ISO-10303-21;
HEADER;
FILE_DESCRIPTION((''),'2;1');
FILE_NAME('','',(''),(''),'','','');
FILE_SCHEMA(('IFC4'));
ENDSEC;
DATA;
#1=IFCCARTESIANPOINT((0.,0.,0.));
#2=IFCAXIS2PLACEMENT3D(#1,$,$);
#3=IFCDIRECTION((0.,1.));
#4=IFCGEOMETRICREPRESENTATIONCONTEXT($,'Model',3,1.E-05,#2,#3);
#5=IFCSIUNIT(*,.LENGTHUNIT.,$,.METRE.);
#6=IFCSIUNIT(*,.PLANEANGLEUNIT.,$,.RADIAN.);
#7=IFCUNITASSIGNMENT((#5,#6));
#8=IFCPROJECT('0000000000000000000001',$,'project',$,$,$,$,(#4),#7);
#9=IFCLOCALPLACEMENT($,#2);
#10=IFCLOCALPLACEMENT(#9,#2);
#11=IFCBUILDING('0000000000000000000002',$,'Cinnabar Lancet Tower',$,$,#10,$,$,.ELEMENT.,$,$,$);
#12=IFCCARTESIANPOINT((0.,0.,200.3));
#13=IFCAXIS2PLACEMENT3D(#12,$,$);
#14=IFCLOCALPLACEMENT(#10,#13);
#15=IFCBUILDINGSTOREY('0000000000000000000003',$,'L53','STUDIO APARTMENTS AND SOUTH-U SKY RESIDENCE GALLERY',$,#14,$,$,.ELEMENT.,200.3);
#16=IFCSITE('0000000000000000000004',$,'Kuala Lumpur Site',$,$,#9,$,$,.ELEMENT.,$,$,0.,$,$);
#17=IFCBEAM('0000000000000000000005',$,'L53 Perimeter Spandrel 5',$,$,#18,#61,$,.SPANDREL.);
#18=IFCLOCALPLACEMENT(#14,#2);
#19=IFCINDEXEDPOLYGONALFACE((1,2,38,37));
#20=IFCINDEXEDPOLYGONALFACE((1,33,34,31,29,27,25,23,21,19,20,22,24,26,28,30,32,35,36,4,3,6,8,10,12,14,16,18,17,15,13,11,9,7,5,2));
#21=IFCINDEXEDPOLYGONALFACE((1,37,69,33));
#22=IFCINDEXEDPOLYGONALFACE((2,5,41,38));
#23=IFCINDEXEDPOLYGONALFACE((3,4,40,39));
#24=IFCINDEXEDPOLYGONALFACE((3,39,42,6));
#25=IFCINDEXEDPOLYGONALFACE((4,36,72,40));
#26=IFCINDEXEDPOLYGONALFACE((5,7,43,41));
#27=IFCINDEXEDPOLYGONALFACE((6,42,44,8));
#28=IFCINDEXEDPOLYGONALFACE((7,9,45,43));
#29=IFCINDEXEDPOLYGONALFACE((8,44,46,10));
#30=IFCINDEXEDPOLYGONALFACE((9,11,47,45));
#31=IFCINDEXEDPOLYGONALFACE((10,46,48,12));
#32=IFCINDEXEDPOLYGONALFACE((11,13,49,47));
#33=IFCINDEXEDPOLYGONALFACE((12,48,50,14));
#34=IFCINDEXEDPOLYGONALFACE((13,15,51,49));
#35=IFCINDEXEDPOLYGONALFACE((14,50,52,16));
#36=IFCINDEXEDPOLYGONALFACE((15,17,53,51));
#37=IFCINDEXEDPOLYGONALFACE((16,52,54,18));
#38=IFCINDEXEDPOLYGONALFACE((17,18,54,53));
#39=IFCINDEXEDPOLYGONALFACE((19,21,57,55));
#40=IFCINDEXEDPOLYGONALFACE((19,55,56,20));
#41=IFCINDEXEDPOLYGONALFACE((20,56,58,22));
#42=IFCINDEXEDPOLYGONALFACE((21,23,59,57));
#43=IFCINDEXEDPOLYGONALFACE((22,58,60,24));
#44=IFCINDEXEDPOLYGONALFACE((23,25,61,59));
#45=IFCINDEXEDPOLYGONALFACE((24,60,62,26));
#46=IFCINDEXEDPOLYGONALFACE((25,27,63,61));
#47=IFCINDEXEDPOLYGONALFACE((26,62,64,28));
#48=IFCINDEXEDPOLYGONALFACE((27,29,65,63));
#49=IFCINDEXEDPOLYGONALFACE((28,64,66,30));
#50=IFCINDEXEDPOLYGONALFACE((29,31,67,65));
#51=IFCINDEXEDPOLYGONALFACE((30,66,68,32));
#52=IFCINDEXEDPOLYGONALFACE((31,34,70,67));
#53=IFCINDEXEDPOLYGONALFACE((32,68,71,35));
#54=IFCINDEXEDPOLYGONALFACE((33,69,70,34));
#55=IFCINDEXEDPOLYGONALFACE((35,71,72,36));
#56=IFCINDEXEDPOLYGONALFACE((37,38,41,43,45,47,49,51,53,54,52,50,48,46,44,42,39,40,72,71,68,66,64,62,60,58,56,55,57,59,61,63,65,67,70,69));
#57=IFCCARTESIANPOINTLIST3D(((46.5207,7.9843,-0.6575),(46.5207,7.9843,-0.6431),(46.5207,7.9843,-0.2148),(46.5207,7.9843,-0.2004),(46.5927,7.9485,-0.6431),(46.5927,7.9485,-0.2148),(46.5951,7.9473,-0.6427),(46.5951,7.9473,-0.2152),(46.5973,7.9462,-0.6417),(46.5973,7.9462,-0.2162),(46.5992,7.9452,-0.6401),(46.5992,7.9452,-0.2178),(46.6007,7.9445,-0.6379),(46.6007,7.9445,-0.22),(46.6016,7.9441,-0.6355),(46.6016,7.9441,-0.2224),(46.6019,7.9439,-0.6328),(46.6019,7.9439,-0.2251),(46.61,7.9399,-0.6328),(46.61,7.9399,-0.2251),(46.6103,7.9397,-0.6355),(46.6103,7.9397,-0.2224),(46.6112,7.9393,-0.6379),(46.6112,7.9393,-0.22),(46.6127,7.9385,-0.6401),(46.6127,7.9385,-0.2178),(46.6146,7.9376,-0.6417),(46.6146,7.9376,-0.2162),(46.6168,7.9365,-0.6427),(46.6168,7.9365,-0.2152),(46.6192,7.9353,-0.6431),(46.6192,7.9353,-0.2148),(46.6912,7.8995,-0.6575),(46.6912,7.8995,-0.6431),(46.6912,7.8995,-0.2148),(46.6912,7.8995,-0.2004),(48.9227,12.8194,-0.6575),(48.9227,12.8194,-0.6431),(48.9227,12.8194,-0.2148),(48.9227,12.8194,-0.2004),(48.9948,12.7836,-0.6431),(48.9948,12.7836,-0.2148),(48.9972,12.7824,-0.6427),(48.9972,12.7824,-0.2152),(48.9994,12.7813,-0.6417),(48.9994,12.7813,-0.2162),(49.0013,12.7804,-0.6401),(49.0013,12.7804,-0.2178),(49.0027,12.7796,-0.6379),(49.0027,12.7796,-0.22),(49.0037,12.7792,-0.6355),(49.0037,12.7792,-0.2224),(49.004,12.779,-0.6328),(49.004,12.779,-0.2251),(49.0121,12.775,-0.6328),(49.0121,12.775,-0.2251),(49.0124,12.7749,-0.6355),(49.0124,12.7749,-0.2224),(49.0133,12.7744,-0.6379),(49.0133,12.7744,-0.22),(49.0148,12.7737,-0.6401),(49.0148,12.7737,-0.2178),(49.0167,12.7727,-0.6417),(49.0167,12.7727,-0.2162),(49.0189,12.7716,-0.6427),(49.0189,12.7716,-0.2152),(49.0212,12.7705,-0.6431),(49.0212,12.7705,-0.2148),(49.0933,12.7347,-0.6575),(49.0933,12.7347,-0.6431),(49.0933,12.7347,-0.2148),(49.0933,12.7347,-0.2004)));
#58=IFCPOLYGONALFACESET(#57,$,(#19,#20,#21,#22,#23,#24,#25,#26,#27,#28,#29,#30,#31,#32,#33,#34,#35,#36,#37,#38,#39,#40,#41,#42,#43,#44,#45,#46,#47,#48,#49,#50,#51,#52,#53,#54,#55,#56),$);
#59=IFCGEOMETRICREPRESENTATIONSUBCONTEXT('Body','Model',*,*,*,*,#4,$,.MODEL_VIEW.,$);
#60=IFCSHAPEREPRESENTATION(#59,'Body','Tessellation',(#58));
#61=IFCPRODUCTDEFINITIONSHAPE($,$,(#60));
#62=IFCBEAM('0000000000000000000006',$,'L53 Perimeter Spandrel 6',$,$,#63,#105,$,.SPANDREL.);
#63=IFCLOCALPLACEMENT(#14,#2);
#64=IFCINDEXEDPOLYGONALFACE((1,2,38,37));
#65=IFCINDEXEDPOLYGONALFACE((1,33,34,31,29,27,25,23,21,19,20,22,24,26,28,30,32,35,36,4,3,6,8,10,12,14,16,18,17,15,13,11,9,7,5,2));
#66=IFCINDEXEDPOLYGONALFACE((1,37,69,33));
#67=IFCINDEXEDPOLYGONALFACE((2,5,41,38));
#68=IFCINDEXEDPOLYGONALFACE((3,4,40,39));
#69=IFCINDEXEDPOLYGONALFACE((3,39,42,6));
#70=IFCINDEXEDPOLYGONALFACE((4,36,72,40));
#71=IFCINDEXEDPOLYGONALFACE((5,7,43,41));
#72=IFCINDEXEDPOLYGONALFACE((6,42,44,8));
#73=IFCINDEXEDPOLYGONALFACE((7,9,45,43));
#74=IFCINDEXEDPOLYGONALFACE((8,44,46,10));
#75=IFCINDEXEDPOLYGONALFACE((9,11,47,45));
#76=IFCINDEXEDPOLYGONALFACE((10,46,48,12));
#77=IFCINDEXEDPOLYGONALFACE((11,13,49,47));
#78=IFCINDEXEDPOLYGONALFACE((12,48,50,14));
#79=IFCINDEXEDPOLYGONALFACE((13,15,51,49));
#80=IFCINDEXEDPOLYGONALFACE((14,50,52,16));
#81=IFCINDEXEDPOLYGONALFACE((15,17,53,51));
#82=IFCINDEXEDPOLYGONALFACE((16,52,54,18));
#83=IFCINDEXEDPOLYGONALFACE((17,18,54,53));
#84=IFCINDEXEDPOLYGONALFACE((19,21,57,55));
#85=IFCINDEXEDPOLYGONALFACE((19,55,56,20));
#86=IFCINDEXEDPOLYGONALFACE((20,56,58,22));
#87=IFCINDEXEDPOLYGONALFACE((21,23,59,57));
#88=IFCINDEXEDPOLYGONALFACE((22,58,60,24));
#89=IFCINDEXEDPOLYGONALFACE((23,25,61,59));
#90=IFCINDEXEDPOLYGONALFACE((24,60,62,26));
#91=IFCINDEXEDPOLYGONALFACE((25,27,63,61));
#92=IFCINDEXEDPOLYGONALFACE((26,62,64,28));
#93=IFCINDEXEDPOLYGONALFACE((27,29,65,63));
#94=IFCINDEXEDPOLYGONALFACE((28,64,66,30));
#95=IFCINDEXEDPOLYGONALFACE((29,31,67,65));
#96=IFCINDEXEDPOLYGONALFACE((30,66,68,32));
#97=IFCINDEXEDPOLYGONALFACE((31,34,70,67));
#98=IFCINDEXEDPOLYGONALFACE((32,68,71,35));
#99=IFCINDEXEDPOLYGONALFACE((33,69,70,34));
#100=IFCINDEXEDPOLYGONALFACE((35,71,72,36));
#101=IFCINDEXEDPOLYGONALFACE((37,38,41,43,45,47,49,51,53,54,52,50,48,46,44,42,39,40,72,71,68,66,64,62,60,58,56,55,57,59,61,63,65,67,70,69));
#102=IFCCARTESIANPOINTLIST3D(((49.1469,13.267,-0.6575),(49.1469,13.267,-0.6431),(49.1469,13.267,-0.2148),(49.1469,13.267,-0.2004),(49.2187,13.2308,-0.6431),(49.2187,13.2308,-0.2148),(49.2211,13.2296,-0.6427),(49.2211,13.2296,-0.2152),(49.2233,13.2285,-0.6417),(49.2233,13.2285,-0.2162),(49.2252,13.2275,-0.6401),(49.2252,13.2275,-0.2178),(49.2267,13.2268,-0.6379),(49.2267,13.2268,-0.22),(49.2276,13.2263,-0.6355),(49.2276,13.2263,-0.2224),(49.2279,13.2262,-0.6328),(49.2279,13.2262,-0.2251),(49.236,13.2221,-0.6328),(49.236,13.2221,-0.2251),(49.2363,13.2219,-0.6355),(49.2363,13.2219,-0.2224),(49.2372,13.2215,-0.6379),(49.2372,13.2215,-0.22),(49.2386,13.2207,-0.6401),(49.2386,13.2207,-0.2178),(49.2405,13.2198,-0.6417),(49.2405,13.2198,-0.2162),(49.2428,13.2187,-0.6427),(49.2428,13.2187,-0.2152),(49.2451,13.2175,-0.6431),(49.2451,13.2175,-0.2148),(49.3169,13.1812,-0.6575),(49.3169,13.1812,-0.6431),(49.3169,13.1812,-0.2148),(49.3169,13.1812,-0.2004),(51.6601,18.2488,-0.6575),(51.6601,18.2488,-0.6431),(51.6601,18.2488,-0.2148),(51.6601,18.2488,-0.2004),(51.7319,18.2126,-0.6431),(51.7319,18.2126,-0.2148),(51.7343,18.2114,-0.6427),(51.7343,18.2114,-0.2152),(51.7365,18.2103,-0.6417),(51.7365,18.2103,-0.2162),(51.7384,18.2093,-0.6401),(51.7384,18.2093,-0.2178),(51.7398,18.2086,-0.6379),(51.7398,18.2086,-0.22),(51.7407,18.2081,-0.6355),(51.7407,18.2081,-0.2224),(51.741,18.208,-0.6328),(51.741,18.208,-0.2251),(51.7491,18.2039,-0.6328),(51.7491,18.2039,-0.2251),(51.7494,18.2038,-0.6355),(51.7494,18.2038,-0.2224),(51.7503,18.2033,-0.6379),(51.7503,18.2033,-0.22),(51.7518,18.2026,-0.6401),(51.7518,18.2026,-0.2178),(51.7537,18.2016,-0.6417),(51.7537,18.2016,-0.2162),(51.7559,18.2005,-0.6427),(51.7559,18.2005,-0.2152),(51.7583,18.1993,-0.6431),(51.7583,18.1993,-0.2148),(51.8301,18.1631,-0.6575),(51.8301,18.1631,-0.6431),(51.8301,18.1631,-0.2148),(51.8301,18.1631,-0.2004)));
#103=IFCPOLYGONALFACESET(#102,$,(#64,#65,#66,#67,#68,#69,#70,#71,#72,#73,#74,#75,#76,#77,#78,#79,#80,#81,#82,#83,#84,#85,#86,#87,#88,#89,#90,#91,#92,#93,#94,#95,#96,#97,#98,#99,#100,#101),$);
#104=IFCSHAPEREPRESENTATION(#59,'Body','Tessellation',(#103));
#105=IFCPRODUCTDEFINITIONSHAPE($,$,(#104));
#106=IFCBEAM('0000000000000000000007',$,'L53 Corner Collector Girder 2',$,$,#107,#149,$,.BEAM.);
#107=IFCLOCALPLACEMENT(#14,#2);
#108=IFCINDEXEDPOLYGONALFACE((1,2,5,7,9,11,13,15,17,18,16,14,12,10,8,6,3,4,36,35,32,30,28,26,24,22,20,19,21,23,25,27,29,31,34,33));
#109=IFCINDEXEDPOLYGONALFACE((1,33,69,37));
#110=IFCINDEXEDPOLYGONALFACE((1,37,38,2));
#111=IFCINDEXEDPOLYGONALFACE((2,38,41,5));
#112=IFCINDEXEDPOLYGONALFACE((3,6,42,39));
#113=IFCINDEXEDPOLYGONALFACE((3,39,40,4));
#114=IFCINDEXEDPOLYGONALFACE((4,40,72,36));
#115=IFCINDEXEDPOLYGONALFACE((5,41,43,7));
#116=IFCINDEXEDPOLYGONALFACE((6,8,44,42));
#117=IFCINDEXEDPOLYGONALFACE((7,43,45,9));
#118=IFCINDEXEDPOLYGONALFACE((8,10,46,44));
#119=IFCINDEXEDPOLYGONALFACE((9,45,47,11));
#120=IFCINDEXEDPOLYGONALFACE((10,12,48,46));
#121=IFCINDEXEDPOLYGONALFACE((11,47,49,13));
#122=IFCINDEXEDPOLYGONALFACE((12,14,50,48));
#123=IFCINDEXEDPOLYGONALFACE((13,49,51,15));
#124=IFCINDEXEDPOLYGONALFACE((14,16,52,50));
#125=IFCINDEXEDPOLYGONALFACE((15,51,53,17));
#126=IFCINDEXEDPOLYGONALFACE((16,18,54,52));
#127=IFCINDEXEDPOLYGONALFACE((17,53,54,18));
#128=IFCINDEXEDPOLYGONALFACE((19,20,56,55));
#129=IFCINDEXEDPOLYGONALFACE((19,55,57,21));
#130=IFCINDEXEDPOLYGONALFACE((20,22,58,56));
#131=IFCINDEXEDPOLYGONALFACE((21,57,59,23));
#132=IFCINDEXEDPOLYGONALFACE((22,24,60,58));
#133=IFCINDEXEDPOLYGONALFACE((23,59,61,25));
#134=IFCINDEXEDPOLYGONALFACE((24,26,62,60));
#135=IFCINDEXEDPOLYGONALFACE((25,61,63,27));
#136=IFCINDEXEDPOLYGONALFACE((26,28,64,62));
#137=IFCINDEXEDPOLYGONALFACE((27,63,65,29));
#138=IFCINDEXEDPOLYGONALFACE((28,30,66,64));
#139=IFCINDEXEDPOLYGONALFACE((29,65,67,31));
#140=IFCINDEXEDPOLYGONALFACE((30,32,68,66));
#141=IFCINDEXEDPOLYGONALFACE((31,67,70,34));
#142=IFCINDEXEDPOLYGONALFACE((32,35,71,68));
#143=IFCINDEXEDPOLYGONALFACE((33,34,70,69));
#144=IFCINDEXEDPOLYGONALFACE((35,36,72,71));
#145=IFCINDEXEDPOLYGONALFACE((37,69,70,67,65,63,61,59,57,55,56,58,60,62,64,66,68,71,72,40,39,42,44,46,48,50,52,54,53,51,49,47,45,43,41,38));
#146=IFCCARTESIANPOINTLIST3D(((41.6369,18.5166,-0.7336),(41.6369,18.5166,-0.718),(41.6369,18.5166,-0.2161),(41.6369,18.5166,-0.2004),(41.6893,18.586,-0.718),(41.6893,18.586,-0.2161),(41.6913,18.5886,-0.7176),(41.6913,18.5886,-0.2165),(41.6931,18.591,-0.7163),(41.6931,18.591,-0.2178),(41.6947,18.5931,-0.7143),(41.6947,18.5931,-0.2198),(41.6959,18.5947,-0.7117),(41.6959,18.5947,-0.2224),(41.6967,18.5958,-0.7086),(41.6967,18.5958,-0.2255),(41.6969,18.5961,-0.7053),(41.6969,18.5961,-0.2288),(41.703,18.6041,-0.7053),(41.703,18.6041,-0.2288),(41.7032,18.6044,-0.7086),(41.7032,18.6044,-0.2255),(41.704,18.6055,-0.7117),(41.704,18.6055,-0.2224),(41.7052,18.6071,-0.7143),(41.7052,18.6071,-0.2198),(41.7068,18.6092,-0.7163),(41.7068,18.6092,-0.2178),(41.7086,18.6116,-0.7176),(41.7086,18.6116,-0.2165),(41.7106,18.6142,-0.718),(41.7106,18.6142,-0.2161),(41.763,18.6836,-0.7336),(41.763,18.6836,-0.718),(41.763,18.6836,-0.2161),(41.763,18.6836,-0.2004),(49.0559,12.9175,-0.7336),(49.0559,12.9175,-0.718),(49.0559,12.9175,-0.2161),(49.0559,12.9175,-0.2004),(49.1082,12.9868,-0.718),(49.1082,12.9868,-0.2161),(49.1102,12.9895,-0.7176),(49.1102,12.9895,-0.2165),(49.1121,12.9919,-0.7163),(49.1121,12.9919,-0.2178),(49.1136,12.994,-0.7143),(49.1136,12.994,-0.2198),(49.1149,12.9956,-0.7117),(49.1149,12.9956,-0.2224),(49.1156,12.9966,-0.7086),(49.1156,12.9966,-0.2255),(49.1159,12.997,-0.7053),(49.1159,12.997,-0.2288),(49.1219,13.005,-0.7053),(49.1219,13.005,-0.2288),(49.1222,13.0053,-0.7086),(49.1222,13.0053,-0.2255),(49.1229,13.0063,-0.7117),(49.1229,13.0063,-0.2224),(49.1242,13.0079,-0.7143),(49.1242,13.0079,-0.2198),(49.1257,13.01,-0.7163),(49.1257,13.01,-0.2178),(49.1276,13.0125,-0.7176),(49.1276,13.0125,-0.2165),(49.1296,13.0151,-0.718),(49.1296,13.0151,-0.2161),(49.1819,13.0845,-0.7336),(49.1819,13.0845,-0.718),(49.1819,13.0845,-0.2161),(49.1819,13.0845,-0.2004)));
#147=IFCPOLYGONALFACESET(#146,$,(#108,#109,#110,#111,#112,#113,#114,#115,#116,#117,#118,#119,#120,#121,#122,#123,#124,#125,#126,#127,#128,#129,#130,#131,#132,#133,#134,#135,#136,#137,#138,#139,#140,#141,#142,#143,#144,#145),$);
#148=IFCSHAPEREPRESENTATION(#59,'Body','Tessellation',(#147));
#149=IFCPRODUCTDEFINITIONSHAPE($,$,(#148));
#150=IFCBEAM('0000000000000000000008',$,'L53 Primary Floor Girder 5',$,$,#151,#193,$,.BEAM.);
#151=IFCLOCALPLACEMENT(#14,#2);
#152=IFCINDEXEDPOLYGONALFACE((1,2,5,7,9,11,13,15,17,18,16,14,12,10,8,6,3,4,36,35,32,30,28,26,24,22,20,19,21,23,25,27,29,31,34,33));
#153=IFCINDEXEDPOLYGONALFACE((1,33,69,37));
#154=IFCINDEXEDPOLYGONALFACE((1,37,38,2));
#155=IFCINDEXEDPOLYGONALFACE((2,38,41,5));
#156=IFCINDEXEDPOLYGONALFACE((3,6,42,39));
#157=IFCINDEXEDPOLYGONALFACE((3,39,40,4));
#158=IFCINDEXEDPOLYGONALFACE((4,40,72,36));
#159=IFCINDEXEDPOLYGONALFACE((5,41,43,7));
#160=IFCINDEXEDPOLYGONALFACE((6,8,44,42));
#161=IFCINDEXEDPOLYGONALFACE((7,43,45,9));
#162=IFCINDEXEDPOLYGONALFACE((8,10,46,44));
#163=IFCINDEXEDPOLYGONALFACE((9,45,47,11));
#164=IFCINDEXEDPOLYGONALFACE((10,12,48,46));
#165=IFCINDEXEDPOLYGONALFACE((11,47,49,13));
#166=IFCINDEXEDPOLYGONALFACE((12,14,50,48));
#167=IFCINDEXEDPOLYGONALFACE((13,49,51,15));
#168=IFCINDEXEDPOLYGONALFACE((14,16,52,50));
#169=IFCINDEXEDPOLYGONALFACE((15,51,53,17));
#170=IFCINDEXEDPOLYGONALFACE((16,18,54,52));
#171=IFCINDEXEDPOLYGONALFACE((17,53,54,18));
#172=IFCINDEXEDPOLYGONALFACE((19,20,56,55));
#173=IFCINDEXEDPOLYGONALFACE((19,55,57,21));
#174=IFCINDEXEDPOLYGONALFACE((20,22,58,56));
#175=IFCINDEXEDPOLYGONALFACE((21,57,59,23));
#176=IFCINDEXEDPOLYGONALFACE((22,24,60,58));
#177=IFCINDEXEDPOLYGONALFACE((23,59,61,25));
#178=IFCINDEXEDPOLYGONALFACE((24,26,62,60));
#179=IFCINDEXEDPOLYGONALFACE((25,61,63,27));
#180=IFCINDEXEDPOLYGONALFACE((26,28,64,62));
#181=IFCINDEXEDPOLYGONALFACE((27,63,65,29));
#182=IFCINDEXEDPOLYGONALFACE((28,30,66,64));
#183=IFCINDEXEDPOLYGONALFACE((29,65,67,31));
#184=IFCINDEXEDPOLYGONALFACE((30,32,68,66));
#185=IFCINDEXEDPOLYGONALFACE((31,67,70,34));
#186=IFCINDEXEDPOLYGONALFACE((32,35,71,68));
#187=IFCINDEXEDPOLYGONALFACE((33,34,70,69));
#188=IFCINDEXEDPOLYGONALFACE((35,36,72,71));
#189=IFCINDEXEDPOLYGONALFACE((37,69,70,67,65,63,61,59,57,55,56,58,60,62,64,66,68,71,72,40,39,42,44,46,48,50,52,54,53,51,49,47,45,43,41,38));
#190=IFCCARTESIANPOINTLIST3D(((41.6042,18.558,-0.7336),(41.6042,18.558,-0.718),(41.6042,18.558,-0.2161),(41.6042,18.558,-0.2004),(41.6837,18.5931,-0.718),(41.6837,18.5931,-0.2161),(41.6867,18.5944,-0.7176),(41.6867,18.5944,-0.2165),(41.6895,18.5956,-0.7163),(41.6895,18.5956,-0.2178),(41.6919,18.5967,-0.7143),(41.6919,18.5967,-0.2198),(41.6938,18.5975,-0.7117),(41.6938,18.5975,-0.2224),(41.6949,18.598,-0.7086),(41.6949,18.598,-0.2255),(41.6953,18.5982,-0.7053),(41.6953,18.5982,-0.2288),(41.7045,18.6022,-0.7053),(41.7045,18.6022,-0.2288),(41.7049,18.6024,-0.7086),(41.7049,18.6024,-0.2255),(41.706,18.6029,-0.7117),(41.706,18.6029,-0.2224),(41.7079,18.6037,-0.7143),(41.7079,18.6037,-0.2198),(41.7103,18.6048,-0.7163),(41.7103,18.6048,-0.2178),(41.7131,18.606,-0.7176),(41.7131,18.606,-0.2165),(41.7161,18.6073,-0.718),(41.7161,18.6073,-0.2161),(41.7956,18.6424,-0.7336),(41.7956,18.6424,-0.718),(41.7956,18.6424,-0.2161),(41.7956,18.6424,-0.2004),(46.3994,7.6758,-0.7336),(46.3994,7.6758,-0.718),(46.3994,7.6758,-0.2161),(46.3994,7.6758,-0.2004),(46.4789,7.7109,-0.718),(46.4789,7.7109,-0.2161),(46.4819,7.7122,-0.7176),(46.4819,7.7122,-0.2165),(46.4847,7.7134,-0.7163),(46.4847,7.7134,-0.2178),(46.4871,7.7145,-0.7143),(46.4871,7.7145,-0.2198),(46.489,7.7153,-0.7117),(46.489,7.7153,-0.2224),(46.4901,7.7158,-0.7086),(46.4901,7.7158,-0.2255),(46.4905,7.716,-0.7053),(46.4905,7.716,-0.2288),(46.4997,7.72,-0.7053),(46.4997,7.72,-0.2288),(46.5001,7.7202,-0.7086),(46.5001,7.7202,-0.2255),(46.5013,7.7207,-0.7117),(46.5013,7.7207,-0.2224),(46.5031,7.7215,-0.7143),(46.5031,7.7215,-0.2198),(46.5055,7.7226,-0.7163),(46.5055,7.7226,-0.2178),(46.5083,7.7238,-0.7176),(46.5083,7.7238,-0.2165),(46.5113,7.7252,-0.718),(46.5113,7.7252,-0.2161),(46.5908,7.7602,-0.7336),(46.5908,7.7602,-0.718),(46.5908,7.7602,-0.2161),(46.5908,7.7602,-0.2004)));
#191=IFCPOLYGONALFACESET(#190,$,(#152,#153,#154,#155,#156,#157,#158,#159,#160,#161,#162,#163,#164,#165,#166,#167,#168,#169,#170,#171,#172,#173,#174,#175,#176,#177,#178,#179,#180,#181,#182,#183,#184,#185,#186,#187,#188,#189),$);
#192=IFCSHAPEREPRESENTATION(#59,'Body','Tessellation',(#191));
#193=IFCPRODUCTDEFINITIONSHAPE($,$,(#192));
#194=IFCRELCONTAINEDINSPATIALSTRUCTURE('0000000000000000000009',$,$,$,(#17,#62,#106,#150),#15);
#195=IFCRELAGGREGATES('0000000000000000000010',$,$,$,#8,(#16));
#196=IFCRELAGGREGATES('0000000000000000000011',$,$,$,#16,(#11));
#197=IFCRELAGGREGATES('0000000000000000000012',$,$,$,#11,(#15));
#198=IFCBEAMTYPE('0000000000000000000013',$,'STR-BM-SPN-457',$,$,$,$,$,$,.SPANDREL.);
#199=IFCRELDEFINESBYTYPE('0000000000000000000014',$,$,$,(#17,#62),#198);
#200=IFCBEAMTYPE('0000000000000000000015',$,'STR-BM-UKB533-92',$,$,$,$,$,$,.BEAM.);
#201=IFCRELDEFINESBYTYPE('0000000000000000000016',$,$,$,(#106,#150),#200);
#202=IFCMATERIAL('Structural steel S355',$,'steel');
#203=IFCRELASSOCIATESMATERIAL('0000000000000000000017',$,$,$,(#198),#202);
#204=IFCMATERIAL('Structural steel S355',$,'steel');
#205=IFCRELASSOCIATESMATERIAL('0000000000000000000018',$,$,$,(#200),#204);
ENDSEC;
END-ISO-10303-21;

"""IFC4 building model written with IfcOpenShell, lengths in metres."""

from ifc_helpers import new_model, si_unit, direction, frame, origin, origin_2d, place, context, subcontext, project, spatial, i_section, extrude, material, material_profile, profile_set, type_object, element, save


model = new_model("IFC4")

# Units and contexts
model_context = context("Model", 3, precision=1e-05, world=origin(), true_north=direction((0.0, 1.0)))
body_context = subcontext(model_context, "Body", "Model", "MODEL_VIEW")
ifc_project = project(units=[si_unit("LENGTHUNIT", "METRE"), si_unit("PLANEANGLEUNIT", "RADIAN")], contexts=[model_context])

# Site, building, storey
site_placement = place(None, origin())
site = spatial("IfcSite", under=ifc_project, at=site_placement, Name="Kuala Lumpur Site", CompositionType="ELEMENT", RefElevation=0.0)
building_placement = place(site_placement, origin())
building = spatial("IfcBuilding", under=site, at=building_placement, Name="Cinnabar Lancet Tower", CompositionType="ELEMENT")
storey_placement = place(building_placement, frame((0.0, 0.0, 200.3)))
storey = spatial("IfcBuildingStorey", under=building, at=storey_placement, Name="L53", Description="STUDIO APARTMENTS AND SOUTH-U SKY RESIDENCE GALLERY", CompositionType="ELEMENT", Elevation=200.3)

# Beams
ifc_material_1 = material(Name="Structural steel S355", Category="steel")
ifc_material_profile_1 = material_profile(ifc_material_1, i_section(OverallWidth=0.1904, OverallDepth=0.457, WebThickness=0.009, FlangeThickness=0.0144, FilletRadius=0.0103, at=origin_2d()), Name="UKB 457x191x74")
ifc_profile_set_1 = profile_set([ifc_material_profile_1], Name="Structural steel S355")
beam_type_1 = type_object("IfcBeamType", Name="STR-BM-SPN-457", PredefinedType="SPANDREL", material=ifc_profile_set_1)
beam_1_placement = place(storey_placement, frame((46.606, 7.9419, -0.429), z_axis=(0.444915, 0.895573, 0.0), x_axis=(-0.895573, 0.444915, 0.0)))
element("IfcBeam", 1, at=beam_1_placement, inside=storey, type_object=beam_type_1, Name="L53 Perimeter Spandrel 5", PredefinedType="SPANDREL", context=body_context, shape_type="SweptSolid", body=[
    extrude(i_section(OverallWidth=0.1904, OverallDepth=0.457, WebThickness=0.009, FlangeThickness=0.0144, FilletRadius=0.0103, at=origin_2d()), origin(), (0.0, 0.0, 1.0), 5.3989),
])
beam_2_placement = place(storey_placement, frame((49.2319, 13.2241, -0.429), z_axis=(0.450396, 0.892829, 0.0), x_axis=(-0.892829, 0.450396, 0.0)))
element("IfcBeam", 2, at=beam_2_placement, inside=storey, type_object=beam_type_1, Name="L53 Perimeter Spandrel 6", PredefinedType="SPANDREL", context=body_context, shape_type="SweptSolid", body=[
    extrude(i_section(OverallWidth=0.1904, OverallDepth=0.457, WebThickness=0.009, FlangeThickness=0.0144, FilletRadius=0.0103, at=origin_2d()), origin(), (0.0, 0.0, 1.0), 5.5798),
])
ifc_material_2 = material(Name="Structural steel S355", Category="steel")
ifc_material_profile_2 = material_profile(ifc_material_2, i_section(OverallWidth=0.2092, OverallDepth=0.5332, WebThickness=0.01, FlangeThickness=0.0156, FilletRadius=0.0127, at=origin_2d()), Name="UKB 533x210x92")
ifc_profile_set_2 = profile_set([ifc_material_profile_2], Name="Structural steel S355")
beam_type_2 = type_object("IfcBeamType", Name="STR-BM-UKB533-92", PredefinedType="BEAM", material=ifc_profile_set_2)
beam_3_placement = place(storey_placement, frame((49.1189, 13.001, -0.467), z_axis=(-0.798193, 0.602401, 0.0), x_axis=(-0.602401, -0.798193, 0.0)))
element("IfcBeam", 3, at=beam_3_placement, inside=storey, type_object=beam_type_2, Name="L53 Corner Collector Girder 2", PredefinedType="BEAM", context=body_context, shape_type="SweptSolid", body=[
    extrude(i_section(OverallWidth=0.2092, OverallDepth=0.5332, WebThickness=0.01, FlangeThickness=0.0156, FilletRadius=0.0127, at=origin_2d()), origin(), (0.0, 0.0, 1.0), 9.2947),
])
beam_4_placement = place(storey_placement, frame((46.4951, 7.718, -0.467), z_axis=(-0.403235, 0.915096, 0.0), x_axis=(-0.915096, -0.403235, 0.0)))
element("IfcBeam", 4, at=beam_4_placement, inside=storey, type_object=beam_type_2, Name="L53 Primary Floor Girder 5", PredefinedType="BEAM", context=body_context, shape_type="SweptSolid", body=[
    extrude(i_section(OverallWidth=0.2092, OverallDepth=0.5332, WebThickness=0.01, FlangeThickness=0.0156, FilletRadius=0.0127, at=origin_2d()), origin(), (0.0, 0.0, 1.0), 11.8918),
])

save(model, "model.ifc")
